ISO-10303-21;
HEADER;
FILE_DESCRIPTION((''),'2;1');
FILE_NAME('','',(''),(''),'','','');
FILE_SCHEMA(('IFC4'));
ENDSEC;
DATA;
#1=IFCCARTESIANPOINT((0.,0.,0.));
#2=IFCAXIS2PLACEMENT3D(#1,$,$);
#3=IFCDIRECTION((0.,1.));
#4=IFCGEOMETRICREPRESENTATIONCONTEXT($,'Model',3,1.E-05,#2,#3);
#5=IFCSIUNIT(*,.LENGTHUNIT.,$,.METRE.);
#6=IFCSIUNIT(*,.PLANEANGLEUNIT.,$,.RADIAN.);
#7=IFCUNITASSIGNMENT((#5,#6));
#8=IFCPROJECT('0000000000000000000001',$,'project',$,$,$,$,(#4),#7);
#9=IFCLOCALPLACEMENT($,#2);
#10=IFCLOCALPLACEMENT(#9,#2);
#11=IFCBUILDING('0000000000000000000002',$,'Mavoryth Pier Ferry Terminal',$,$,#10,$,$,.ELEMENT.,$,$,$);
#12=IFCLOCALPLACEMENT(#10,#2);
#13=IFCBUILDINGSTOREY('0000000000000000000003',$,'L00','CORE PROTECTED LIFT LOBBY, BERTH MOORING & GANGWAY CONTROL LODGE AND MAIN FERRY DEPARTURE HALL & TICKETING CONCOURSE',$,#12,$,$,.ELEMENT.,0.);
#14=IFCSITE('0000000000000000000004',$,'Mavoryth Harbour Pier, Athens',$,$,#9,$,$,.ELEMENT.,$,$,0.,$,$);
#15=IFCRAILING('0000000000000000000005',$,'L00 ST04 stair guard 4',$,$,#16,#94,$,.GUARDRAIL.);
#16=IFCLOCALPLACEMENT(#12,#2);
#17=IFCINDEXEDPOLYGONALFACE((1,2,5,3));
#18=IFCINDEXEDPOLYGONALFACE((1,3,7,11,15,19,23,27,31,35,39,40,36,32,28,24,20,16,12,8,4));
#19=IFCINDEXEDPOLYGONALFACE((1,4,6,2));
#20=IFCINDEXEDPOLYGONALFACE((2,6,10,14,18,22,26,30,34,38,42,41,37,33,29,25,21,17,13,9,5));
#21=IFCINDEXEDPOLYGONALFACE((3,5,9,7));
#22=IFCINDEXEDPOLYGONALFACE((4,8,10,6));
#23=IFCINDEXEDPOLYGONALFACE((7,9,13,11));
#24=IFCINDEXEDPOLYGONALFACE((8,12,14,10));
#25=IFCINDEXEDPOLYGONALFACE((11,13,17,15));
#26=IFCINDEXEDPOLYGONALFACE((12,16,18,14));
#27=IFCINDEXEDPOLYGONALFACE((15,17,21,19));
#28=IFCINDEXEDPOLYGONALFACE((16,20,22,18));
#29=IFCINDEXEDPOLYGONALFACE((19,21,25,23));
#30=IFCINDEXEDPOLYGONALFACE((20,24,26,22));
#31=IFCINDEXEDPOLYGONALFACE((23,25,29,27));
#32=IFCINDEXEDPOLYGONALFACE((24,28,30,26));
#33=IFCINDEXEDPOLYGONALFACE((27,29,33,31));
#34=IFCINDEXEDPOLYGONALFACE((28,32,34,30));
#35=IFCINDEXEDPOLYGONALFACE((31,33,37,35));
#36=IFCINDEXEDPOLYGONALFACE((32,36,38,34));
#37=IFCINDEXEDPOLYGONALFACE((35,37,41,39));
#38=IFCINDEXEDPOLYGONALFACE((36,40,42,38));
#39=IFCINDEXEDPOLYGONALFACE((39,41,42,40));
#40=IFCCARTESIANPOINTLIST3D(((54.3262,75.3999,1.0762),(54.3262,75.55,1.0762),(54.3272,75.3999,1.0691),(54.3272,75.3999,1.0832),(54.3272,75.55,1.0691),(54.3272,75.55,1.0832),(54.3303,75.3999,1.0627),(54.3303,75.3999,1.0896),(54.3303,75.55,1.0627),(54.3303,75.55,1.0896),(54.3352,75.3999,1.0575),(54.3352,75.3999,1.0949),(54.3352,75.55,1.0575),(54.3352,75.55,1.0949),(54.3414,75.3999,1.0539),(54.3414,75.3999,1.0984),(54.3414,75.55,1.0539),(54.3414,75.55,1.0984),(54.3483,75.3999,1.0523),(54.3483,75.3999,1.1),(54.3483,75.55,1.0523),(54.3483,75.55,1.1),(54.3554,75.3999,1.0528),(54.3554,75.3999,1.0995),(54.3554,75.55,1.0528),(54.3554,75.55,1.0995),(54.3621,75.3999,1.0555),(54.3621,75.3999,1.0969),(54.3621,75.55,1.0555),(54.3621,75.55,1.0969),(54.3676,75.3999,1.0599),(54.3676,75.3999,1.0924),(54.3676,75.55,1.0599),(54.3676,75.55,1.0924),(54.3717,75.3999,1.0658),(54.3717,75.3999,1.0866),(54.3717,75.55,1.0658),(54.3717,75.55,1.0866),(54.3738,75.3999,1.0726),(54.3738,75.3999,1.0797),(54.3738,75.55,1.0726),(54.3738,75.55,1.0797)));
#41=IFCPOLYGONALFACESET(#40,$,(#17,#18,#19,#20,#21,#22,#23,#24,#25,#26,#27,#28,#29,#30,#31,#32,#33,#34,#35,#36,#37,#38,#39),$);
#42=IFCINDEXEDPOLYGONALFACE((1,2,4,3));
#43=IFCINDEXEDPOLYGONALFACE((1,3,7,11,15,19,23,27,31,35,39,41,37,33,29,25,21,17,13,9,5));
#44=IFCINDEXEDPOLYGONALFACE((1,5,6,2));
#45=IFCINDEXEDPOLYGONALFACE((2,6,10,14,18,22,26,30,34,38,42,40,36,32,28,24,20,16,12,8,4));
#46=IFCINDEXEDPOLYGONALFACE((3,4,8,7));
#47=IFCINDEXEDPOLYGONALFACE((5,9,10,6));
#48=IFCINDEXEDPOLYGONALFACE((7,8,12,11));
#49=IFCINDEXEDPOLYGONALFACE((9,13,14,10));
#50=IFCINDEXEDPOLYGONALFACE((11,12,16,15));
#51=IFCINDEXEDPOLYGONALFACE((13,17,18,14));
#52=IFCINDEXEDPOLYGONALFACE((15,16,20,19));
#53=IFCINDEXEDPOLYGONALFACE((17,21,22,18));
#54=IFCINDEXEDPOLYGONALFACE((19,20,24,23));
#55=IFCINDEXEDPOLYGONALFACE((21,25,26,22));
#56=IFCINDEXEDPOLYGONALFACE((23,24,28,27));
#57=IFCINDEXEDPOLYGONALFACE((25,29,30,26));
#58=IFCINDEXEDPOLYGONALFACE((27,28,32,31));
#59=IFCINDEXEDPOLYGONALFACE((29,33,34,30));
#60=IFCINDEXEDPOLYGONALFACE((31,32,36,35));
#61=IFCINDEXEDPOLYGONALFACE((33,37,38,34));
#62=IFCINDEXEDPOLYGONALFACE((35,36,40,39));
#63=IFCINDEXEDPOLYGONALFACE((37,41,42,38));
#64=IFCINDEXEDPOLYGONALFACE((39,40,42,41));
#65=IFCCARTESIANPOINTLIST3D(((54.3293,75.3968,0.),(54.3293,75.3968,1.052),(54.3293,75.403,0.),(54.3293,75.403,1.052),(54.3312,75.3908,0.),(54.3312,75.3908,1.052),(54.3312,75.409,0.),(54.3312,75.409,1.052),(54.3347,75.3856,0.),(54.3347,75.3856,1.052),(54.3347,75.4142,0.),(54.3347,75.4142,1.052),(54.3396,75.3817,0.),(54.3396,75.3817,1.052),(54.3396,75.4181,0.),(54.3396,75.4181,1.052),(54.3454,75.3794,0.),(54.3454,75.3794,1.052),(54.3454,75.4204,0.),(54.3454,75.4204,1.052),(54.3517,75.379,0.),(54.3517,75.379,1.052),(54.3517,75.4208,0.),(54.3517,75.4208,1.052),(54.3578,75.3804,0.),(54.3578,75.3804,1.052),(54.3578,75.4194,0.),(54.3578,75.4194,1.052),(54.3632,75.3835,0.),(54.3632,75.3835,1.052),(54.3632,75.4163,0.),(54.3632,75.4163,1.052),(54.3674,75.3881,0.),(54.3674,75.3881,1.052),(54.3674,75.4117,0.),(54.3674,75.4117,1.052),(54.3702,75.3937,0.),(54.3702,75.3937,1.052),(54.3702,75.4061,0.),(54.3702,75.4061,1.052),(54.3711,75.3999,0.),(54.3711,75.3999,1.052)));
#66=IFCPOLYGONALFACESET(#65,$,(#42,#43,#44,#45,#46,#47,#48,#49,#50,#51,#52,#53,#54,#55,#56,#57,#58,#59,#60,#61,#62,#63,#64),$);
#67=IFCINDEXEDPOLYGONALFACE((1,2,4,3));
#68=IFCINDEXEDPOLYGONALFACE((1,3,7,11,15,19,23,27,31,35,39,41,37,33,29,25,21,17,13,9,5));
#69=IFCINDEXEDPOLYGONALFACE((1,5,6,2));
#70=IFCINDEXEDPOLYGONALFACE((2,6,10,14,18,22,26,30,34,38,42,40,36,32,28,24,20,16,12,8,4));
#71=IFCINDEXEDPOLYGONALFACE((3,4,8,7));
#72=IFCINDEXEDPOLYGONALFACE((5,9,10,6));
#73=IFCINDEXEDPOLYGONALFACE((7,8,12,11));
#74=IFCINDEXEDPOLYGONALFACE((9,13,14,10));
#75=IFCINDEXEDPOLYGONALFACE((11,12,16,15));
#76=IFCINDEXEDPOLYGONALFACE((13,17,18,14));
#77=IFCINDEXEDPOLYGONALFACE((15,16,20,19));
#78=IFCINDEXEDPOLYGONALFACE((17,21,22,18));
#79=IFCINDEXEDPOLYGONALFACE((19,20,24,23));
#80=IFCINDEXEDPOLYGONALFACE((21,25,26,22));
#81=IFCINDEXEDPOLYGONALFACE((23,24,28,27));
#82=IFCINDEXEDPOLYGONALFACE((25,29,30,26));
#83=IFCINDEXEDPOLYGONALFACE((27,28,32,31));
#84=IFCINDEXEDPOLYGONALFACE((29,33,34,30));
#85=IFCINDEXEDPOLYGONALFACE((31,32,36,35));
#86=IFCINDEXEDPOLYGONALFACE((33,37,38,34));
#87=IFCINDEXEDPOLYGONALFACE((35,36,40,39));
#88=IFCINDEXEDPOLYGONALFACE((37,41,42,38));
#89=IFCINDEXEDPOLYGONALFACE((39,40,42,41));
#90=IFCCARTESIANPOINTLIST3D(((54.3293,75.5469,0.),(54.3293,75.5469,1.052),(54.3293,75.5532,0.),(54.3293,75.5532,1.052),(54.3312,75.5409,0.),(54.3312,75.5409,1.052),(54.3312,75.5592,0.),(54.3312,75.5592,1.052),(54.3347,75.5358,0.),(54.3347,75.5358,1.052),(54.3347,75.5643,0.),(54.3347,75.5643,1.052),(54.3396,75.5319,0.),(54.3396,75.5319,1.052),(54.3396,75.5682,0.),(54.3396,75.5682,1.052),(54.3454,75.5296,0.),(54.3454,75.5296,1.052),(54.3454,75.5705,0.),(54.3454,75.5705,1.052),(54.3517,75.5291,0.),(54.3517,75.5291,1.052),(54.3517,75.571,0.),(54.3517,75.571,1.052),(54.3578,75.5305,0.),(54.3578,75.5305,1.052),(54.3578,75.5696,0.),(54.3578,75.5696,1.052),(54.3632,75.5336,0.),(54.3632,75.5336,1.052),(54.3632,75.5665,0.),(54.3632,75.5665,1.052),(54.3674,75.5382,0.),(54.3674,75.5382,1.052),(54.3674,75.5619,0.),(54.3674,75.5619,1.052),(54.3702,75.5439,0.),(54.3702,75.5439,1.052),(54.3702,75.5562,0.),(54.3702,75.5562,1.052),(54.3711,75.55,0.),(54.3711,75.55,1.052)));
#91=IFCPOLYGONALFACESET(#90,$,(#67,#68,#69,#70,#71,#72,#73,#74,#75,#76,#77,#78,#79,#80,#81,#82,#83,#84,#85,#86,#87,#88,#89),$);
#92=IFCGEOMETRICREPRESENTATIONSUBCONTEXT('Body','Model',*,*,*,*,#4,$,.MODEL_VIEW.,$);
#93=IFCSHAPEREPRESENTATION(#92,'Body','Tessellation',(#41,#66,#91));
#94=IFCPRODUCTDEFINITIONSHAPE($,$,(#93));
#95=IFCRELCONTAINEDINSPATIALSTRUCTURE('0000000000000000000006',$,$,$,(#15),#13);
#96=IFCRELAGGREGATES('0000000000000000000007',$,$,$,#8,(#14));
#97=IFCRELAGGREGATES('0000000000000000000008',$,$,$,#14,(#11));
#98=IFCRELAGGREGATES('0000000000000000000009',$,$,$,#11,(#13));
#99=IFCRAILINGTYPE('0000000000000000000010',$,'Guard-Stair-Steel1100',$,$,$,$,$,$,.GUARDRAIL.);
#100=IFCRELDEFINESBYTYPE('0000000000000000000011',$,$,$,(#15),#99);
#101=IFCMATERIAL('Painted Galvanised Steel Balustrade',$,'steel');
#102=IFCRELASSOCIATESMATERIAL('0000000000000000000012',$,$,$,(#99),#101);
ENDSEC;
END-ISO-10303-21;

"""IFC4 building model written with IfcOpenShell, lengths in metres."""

from ifc_helpers import new_model, si_unit, direction, frame, origin, origin_2d, place, context, subcontext, project, spatial, circle, extrude, material, type_object, element, save


model = new_model("IFC4")

# Units and contexts
model_context = context("Model", 3, precision=1e-05, world=origin(), true_north=direction((0.0, 1.0)))
body_context = subcontext(model_context, "Body", "Model", "MODEL_VIEW")
ifc_project = project(units=[si_unit("LENGTHUNIT", "METRE"), si_unit("PLANEANGLEUNIT", "RADIAN")], contexts=[model_context])

# Site, building, storey
site_placement = place(None, origin())
site = spatial("IfcSite", under=ifc_project, at=site_placement, Name="Mavoryth Harbour Pier, Athens", CompositionType="ELEMENT", RefElevation=0.0)
building_placement = place(site_placement, origin())
building = spatial("IfcBuilding", under=site, at=building_placement, Name="Mavoryth Pier Ferry Terminal", CompositionType="ELEMENT")
storey_placement = place(building_placement, origin())
storey = spatial("IfcBuildingStorey", under=building, at=storey_placement, Name="L00", Description="CORE PROTECTED LIFT LOBBY, BERTH MOORING & GANGWAY CONTROL LODGE AND MAIN FERRY DEPARTURE HALL & TICKETING CONCOURSE", CompositionType="ELEMENT", Elevation=0.0)

# Railing
ifc_material_1 = material(Name="Painted Galvanised Steel Balustrade", Category="steel")
railing_type_1 = type_object("IfcRailingType", Name="Guard-Stair-Steel1100", PredefinedType="GUARDRAIL", material=ifc_material_1)
railing_1_placement = place(storey_placement, frame((54.3501, 75.3999, 0.0)))
element("IfcRailing", 1, at=railing_1_placement, inside=storey, type_object=railing_type_1, Name="L00 ST04 stair guard 4", PredefinedType="GUARDRAIL", context=body_context, shape_type="SweptSolid", body=[
    extrude(circle(Radius=0.0239, at=origin_2d()), frame((0.0, 0.0, 1.0762), z_axis=(0.0, 1.0, 0.0), x_axis=(-1.0, 0.0, 0.0)), (0.0, 0.0, 1.0), 0.1501),
    extrude(circle(Radius=0.021, at=origin_2d()), origin(), (0.0, 0.0, 1.0), 1.052),
    extrude(circle(Radius=0.021, at=origin_2d()), frame((0.0, 0.1501, 0.0)), (0.0, 0.0, 1.0), 1.052),
])

save(model, "model.ifc")
